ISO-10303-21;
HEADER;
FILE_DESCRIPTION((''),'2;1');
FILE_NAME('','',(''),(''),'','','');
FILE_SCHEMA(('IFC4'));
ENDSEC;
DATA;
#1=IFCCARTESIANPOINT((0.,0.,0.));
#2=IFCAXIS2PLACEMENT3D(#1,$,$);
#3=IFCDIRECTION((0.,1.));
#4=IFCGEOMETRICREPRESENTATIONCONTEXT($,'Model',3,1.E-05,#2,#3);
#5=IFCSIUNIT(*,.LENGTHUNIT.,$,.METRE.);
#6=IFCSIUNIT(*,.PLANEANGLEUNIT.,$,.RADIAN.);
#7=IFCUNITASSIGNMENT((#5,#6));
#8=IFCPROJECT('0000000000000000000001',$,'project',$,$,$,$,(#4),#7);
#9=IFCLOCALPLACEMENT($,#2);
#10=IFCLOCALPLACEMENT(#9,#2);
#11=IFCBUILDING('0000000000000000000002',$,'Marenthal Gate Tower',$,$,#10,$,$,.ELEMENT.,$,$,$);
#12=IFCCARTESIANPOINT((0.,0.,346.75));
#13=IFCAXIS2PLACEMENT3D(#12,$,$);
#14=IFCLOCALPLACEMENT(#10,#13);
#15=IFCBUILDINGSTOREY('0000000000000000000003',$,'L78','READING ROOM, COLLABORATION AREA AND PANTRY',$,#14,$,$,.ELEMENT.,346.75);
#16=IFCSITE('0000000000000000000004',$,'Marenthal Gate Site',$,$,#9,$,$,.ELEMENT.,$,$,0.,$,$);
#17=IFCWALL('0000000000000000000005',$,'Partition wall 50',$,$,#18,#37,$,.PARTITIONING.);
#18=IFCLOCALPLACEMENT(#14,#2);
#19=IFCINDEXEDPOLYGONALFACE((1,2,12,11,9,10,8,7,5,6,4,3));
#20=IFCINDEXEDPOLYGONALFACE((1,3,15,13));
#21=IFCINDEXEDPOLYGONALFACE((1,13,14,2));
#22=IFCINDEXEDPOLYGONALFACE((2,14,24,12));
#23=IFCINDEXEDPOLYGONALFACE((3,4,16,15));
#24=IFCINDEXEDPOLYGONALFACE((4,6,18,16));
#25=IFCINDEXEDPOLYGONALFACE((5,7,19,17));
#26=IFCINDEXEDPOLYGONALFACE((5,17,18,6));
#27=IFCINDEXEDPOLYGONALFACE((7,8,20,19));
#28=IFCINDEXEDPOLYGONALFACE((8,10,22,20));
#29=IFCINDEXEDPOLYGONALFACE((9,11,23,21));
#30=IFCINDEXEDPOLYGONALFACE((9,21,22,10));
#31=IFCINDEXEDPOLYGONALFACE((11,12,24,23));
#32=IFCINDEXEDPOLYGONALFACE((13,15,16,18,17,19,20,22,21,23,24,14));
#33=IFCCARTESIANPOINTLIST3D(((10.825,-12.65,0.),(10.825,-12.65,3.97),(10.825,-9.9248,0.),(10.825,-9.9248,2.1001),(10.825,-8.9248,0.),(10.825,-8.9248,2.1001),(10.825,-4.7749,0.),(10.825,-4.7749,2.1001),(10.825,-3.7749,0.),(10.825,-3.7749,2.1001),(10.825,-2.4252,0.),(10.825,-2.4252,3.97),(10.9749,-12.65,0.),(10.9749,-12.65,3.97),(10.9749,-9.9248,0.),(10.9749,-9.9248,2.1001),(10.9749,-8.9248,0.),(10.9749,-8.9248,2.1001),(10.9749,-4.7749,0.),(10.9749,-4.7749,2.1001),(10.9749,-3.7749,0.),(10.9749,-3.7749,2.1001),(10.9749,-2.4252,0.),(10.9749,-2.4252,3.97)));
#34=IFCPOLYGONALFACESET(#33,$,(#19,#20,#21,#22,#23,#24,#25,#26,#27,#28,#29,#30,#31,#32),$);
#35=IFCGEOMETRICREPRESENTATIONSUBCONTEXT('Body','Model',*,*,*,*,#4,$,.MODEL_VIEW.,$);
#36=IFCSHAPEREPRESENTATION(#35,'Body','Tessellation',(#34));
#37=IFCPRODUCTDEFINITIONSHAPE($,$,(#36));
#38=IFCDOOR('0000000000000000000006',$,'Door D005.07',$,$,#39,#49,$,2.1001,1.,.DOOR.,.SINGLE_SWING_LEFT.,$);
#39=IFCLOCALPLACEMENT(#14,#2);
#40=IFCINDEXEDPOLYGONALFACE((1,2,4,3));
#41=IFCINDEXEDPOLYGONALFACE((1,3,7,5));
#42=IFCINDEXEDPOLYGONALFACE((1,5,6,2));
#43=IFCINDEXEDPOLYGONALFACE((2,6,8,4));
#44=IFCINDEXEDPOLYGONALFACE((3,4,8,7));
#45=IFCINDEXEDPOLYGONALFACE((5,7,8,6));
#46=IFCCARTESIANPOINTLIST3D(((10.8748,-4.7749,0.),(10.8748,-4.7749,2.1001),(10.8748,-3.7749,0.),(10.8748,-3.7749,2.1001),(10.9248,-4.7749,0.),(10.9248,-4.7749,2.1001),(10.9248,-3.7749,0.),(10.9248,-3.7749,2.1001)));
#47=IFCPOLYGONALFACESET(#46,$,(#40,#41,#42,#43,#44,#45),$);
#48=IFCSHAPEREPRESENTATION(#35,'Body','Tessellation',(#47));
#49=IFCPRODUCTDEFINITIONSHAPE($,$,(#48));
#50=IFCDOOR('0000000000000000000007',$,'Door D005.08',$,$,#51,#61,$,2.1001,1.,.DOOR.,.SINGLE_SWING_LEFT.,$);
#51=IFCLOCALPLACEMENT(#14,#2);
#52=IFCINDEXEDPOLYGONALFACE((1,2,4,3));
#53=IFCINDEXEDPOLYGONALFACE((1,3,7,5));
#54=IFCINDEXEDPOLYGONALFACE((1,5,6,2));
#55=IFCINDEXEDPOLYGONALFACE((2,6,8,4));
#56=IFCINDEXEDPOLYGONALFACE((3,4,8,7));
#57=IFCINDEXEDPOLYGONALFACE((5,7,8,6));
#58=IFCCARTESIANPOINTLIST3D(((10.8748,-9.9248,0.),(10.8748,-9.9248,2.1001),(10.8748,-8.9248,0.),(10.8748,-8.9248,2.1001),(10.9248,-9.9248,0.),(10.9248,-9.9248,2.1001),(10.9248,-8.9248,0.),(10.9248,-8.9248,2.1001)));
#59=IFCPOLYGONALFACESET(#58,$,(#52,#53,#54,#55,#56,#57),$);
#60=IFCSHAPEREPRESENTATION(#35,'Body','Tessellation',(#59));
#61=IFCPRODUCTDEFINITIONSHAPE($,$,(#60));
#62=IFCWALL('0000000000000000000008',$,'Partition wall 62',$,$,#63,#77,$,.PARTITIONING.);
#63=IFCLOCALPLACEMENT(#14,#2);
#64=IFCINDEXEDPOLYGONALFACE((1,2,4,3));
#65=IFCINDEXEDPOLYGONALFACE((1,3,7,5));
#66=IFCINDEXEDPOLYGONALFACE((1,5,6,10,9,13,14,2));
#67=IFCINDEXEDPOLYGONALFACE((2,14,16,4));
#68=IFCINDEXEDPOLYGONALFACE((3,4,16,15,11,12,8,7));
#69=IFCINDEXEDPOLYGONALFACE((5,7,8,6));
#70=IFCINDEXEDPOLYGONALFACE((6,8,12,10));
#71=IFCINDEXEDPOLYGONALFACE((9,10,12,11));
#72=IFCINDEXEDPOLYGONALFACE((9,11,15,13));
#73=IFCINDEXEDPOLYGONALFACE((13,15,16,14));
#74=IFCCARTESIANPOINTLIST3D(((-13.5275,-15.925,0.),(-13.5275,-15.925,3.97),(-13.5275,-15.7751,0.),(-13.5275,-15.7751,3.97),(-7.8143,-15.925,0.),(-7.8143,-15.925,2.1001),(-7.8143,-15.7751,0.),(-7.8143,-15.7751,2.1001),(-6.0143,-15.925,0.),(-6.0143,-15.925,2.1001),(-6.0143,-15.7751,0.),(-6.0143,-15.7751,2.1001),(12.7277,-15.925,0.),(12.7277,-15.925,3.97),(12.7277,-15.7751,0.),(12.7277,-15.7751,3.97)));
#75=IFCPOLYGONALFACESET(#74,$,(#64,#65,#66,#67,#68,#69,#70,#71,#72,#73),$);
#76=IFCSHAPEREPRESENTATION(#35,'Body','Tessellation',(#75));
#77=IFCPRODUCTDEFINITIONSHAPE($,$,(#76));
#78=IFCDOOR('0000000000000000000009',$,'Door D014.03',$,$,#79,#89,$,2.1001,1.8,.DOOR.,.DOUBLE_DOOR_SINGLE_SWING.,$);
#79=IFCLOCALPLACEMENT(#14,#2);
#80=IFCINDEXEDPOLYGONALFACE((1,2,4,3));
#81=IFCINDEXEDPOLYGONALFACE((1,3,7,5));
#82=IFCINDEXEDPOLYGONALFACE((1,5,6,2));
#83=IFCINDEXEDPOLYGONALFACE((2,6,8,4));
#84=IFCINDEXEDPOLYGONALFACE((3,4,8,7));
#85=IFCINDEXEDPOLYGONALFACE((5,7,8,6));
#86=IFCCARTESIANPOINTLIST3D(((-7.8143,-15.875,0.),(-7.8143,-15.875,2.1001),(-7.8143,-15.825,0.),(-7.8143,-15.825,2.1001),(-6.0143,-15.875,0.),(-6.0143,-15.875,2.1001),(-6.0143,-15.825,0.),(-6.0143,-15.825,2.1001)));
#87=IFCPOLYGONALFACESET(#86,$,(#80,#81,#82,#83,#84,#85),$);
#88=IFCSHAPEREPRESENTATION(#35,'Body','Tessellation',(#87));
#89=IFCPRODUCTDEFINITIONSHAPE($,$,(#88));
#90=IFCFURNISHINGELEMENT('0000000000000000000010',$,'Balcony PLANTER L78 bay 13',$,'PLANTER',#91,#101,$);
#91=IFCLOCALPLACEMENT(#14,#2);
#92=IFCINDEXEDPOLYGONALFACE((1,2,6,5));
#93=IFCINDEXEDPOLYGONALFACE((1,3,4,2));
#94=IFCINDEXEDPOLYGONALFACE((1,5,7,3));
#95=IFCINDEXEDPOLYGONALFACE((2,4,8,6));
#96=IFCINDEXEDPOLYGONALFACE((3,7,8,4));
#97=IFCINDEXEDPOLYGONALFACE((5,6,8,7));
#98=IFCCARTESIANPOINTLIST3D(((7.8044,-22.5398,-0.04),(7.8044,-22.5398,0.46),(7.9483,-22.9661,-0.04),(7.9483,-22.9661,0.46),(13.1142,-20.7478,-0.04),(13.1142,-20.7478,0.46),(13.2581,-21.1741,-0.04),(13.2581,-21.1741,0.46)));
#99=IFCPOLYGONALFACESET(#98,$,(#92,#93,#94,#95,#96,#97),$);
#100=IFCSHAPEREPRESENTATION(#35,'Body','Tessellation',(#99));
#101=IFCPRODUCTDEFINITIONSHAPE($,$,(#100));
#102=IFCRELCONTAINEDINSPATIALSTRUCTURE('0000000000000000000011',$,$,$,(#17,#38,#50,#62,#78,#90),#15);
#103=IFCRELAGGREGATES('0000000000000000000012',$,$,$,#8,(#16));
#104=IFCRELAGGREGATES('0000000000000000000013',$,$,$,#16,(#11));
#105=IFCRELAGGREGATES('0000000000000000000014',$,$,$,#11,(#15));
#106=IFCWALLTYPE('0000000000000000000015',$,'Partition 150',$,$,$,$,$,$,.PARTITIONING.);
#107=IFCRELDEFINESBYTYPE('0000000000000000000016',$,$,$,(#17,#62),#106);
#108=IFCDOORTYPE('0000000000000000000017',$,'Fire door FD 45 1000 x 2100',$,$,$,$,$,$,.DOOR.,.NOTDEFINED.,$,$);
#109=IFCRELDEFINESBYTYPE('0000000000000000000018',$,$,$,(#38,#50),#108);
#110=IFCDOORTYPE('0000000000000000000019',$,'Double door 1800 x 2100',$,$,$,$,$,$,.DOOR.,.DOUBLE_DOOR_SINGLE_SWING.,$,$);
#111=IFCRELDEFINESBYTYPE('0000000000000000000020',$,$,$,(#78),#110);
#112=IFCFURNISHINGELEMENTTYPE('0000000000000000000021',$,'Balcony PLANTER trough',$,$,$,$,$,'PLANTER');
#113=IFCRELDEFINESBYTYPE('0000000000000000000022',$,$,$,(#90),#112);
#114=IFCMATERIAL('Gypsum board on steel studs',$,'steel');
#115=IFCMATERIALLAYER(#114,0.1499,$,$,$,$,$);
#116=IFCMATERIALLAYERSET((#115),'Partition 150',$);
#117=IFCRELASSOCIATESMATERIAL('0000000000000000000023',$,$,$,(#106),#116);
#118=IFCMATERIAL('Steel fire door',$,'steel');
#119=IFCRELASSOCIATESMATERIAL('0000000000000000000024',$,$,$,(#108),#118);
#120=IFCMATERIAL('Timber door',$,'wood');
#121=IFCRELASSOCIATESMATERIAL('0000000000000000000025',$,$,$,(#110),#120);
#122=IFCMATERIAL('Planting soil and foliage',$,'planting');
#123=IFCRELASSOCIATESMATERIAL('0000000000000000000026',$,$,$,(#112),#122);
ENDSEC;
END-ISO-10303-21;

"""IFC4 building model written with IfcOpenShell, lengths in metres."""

from ifc_helpers import new_model, si_unit, direction, frame, frame_2d, origin, origin_2d, place, context, subcontext, project, spatial, rectangle, extrude, material, layer, layer_set, type_object, element, fill, save


model = new_model("IFC4")

# Units and contexts
model_context = context("Model", 3, precision=1e-05, world=origin(), true_north=direction((0.0, 1.0)))
body_context = subcontext(model_context, "Body", "Model", "MODEL_VIEW")
ifc_project = project(units=[si_unit("LENGTHUNIT", "METRE"), si_unit("PLANEANGLEUNIT", "RADIAN")], contexts=[model_context])

# Site, building, storey
site_placement = place(None, origin())
site = spatial("IfcSite", under=ifc_project, at=site_placement, Name="Marenthal Gate Site", CompositionType="ELEMENT", RefElevation=0.0)
building_placement = place(site_placement, origin())
building = spatial("IfcBuilding", under=site, at=building_placement, Name="Marenthal Gate Tower", CompositionType="ELEMENT")
storey_placement = place(building_placement, frame((0.0, 0.0, 346.75)))
storey = spatial("IfcBuildingStorey", under=building, at=storey_placement, Name="L78", Description="READING ROOM, COLLABORATION AREA AND PANTRY", CompositionType="ELEMENT", Elevation=346.75)

# Shared definitions
ifc_material_1 = material(Name="Gypsum board on steel studs", Category="steel")
ifc_layer_1 = layer(ifc_material_1, 0.1499)
ifc_layer_set_1 = layer_set([ifc_layer_1], Name="Partition 150")
wall_type_1 = type_object("IfcWallType", Name="Partition 150", PredefinedType="PARTITIONING", material=ifc_layer_set_1)

# Wall, openings, doors
wall_1_placement = place(storey_placement, frame((10.8999, -12.6499, 0.0), z_axis=(0.0, 0.0, 1.0), x_axis=(0.0, 1.0, 0.0)))
wall_1 = element("IfcWall", 1, at=wall_1_placement, inside=storey, type_object=wall_type_1, Name="Partition wall 50", PredefinedType="PARTITIONING", context=body_context, shape_type="SweptSolid", body=[
    extrude(rectangle(XDim=10.2249, YDim=0.1499, at=frame_2d((5.1123, 0.0))), origin(), (0.0, 0.0, 1.0), 3.97),
])
opening_1_placement = place(wall_1_placement, frame((7.875, 0.0, 0.0)))
opening_1 = element("IfcOpeningElement", 2, at=opening_1_placement, cuts=wall_1, PredefinedType="OPENING", context=body_context, shape_type="SweptSolid", body=[
    extrude(rectangle(XDim=1.0, YDim=2.1001, at=frame_2d((0.5, 1.05))), frame((0.0, 0.085, 0.0), z_axis=(0.0, -1.0, 0.0), x_axis=(1.0, 0.0, 0.0)), (0.0, 0.0, 1.0), 0.1699),
])
opening_2_placement = place(wall_1_placement, frame((2.7251, 0.0, 0.0)))
opening_2 = element("IfcOpeningElement", 3, at=opening_2_placement, cuts=wall_1, PredefinedType="OPENING", context=body_context, shape_type="SweptSolid", body=[
    extrude(rectangle(XDim=1.0, YDim=2.1001, at=frame_2d((0.5, 1.05))), frame((0.0, 0.085, 0.0), z_axis=(0.0, -1.0, 0.0), x_axis=(1.0, 0.0, 0.0)), (0.0, 0.0, 1.0), 0.1699),
])
ifc_material_2 = material(Name="Steel fire door", Category="steel")
door_type_1 = type_object("IfcDoorType", Name="Fire door FD 45 1000 x 2100", OperationType="NOTDEFINED", PredefinedType="DOOR", material=ifc_material_2)
door_1_placement = place(opening_1_placement, frame((1.0, 0.0, 0.0), z_axis=(0.0, 0.0, 1.0), x_axis=(-1.0, 0.0, 0.0)))
door_1 = element("IfcDoor", 4, at=door_1_placement, inside=storey, type_object=door_type_1, Name="Door D005.07", OperationType="SINGLE_SWING_LEFT", OverallHeight=2.1001, OverallWidth=1.0, PredefinedType="DOOR", context=body_context, shape_type="SweptSolid", body=[
    extrude(rectangle(XDim=1.0, YDim=2.1001, at=frame_2d((0.5, 1.05))), frame((0.0, 0.0249, 0.0), z_axis=(0.0, -1.0, 0.0), x_axis=(1.0, 0.0, 0.0)), (0.0, 0.0, 1.0), 0.05),
])
fill(opening_1, door_1)
door_2_placement = place(opening_2_placement, frame((1.0, 0.0, 0.0), z_axis=(0.0, 0.0, 1.0), x_axis=(-1.0, 0.0, 0.0)))
door_2 = element("IfcDoor", 5, at=door_2_placement, inside=storey, type_object=door_type_1, Name="Door D005.08", OperationType="SINGLE_SWING_LEFT", OverallHeight=2.1001, OverallWidth=1.0, PredefinedType="DOOR", context=body_context, shape_type="SweptSolid", body=[
    extrude(rectangle(XDim=1.0, YDim=2.1001, at=frame_2d((0.5, 1.05))), frame((0.0, 0.0249, 0.0), z_axis=(0.0, -1.0, 0.0), x_axis=(1.0, 0.0, 0.0)), (0.0, 0.0, 1.0), 0.05),
])
fill(opening_2, door_2)

# Wall, opening, door
wall_2_placement = place(storey_placement, frame((12.7275, -15.8501, 0.0), z_axis=(0.0, 0.0, 1.0), x_axis=(-1.0, 0.0, 0.0)))
wall_2 = element("IfcWall", 6, at=wall_2_placement, inside=storey, type_object=wall_type_1, Name="Partition wall 62", PredefinedType="PARTITIONING", context=body_context, shape_type="SweptSolid", body=[
    extrude(rectangle(XDim=26.2551, YDim=0.1499, at=frame_2d((13.1274, 0.0))), origin(), (0.0, 0.0, 1.0), 3.97),
])
opening_3_placement = place(wall_2_placement, frame((18.7419, 0.0, 0.0)))
opening_3 = element("IfcOpeningElement", 7, at=opening_3_placement, cuts=wall_2, PredefinedType="OPENING", context=body_context, shape_type="SweptSolid", body=[
    extrude(rectangle(XDim=1.8, YDim=2.1001, at=frame_2d((0.8999, 1.05))), frame((0.0, 0.085, 0.0), z_axis=(0.0, -1.0, 0.0), x_axis=(1.0, 0.0, 0.0)), (0.0, 0.0, 1.0), 0.1699),
])
ifc_material_3 = material(Name="Timber door", Category="wood")
door_type_2 = type_object("IfcDoorType", Name="Double door 1800 x 2100", OperationType="DOUBLE_DOOR_SINGLE_SWING", PredefinedType="DOOR", material=ifc_material_3)
door_3_placement = place(opening_3_placement, origin())
door_3 = element("IfcDoor", 8, at=door_3_placement, inside=storey, type_object=door_type_2, Name="Door D014.03", OperationType="DOUBLE_DOOR_SINGLE_SWING", OverallHeight=2.1001, OverallWidth=1.8, PredefinedType="DOOR", context=body_context, shape_type="SweptSolid", body=[
    extrude(rectangle(XDim=1.8, YDim=2.1001, at=frame_2d((0.8999, 1.05))), frame((0.0, 0.0249, 0.0), z_axis=(0.0, -1.0, 0.0), x_axis=(1.0, 0.0, 0.0)), (0.0, 0.0, 1.0), 0.05),
])
fill(opening_3, door_3)

# Furnishing element
ifc_material_4 = material(Name="Planting soil and foliage", Category="planting")
furnishing_element_type = type_object("IfcFurnishingElementType", Name="Balcony PLANTER trough", ElementType="PLANTER", material=ifc_material_4)
furnishing_placement = place(storey_placement, frame((10.5312, -21.8569, -0.04), z_axis=(0.0, 0.0, 1.0), x_axis=(0.947495, 0.31977, 0.0)))
element("IfcFurnishingElement", 9, at=furnishing_placement, inside=storey, type_object=furnishing_element_type, Name="Balcony PLANTER L78 bay 13", ObjectType="PLANTER", context=body_context, shape_type="SweptSolid", body=[
    extrude(rectangle(XDim=5.604, YDim=0.45, at=origin_2d()), origin(), (0.0, 0.0, 1.0), 0.5),
])

save(model, "model.ifc")
